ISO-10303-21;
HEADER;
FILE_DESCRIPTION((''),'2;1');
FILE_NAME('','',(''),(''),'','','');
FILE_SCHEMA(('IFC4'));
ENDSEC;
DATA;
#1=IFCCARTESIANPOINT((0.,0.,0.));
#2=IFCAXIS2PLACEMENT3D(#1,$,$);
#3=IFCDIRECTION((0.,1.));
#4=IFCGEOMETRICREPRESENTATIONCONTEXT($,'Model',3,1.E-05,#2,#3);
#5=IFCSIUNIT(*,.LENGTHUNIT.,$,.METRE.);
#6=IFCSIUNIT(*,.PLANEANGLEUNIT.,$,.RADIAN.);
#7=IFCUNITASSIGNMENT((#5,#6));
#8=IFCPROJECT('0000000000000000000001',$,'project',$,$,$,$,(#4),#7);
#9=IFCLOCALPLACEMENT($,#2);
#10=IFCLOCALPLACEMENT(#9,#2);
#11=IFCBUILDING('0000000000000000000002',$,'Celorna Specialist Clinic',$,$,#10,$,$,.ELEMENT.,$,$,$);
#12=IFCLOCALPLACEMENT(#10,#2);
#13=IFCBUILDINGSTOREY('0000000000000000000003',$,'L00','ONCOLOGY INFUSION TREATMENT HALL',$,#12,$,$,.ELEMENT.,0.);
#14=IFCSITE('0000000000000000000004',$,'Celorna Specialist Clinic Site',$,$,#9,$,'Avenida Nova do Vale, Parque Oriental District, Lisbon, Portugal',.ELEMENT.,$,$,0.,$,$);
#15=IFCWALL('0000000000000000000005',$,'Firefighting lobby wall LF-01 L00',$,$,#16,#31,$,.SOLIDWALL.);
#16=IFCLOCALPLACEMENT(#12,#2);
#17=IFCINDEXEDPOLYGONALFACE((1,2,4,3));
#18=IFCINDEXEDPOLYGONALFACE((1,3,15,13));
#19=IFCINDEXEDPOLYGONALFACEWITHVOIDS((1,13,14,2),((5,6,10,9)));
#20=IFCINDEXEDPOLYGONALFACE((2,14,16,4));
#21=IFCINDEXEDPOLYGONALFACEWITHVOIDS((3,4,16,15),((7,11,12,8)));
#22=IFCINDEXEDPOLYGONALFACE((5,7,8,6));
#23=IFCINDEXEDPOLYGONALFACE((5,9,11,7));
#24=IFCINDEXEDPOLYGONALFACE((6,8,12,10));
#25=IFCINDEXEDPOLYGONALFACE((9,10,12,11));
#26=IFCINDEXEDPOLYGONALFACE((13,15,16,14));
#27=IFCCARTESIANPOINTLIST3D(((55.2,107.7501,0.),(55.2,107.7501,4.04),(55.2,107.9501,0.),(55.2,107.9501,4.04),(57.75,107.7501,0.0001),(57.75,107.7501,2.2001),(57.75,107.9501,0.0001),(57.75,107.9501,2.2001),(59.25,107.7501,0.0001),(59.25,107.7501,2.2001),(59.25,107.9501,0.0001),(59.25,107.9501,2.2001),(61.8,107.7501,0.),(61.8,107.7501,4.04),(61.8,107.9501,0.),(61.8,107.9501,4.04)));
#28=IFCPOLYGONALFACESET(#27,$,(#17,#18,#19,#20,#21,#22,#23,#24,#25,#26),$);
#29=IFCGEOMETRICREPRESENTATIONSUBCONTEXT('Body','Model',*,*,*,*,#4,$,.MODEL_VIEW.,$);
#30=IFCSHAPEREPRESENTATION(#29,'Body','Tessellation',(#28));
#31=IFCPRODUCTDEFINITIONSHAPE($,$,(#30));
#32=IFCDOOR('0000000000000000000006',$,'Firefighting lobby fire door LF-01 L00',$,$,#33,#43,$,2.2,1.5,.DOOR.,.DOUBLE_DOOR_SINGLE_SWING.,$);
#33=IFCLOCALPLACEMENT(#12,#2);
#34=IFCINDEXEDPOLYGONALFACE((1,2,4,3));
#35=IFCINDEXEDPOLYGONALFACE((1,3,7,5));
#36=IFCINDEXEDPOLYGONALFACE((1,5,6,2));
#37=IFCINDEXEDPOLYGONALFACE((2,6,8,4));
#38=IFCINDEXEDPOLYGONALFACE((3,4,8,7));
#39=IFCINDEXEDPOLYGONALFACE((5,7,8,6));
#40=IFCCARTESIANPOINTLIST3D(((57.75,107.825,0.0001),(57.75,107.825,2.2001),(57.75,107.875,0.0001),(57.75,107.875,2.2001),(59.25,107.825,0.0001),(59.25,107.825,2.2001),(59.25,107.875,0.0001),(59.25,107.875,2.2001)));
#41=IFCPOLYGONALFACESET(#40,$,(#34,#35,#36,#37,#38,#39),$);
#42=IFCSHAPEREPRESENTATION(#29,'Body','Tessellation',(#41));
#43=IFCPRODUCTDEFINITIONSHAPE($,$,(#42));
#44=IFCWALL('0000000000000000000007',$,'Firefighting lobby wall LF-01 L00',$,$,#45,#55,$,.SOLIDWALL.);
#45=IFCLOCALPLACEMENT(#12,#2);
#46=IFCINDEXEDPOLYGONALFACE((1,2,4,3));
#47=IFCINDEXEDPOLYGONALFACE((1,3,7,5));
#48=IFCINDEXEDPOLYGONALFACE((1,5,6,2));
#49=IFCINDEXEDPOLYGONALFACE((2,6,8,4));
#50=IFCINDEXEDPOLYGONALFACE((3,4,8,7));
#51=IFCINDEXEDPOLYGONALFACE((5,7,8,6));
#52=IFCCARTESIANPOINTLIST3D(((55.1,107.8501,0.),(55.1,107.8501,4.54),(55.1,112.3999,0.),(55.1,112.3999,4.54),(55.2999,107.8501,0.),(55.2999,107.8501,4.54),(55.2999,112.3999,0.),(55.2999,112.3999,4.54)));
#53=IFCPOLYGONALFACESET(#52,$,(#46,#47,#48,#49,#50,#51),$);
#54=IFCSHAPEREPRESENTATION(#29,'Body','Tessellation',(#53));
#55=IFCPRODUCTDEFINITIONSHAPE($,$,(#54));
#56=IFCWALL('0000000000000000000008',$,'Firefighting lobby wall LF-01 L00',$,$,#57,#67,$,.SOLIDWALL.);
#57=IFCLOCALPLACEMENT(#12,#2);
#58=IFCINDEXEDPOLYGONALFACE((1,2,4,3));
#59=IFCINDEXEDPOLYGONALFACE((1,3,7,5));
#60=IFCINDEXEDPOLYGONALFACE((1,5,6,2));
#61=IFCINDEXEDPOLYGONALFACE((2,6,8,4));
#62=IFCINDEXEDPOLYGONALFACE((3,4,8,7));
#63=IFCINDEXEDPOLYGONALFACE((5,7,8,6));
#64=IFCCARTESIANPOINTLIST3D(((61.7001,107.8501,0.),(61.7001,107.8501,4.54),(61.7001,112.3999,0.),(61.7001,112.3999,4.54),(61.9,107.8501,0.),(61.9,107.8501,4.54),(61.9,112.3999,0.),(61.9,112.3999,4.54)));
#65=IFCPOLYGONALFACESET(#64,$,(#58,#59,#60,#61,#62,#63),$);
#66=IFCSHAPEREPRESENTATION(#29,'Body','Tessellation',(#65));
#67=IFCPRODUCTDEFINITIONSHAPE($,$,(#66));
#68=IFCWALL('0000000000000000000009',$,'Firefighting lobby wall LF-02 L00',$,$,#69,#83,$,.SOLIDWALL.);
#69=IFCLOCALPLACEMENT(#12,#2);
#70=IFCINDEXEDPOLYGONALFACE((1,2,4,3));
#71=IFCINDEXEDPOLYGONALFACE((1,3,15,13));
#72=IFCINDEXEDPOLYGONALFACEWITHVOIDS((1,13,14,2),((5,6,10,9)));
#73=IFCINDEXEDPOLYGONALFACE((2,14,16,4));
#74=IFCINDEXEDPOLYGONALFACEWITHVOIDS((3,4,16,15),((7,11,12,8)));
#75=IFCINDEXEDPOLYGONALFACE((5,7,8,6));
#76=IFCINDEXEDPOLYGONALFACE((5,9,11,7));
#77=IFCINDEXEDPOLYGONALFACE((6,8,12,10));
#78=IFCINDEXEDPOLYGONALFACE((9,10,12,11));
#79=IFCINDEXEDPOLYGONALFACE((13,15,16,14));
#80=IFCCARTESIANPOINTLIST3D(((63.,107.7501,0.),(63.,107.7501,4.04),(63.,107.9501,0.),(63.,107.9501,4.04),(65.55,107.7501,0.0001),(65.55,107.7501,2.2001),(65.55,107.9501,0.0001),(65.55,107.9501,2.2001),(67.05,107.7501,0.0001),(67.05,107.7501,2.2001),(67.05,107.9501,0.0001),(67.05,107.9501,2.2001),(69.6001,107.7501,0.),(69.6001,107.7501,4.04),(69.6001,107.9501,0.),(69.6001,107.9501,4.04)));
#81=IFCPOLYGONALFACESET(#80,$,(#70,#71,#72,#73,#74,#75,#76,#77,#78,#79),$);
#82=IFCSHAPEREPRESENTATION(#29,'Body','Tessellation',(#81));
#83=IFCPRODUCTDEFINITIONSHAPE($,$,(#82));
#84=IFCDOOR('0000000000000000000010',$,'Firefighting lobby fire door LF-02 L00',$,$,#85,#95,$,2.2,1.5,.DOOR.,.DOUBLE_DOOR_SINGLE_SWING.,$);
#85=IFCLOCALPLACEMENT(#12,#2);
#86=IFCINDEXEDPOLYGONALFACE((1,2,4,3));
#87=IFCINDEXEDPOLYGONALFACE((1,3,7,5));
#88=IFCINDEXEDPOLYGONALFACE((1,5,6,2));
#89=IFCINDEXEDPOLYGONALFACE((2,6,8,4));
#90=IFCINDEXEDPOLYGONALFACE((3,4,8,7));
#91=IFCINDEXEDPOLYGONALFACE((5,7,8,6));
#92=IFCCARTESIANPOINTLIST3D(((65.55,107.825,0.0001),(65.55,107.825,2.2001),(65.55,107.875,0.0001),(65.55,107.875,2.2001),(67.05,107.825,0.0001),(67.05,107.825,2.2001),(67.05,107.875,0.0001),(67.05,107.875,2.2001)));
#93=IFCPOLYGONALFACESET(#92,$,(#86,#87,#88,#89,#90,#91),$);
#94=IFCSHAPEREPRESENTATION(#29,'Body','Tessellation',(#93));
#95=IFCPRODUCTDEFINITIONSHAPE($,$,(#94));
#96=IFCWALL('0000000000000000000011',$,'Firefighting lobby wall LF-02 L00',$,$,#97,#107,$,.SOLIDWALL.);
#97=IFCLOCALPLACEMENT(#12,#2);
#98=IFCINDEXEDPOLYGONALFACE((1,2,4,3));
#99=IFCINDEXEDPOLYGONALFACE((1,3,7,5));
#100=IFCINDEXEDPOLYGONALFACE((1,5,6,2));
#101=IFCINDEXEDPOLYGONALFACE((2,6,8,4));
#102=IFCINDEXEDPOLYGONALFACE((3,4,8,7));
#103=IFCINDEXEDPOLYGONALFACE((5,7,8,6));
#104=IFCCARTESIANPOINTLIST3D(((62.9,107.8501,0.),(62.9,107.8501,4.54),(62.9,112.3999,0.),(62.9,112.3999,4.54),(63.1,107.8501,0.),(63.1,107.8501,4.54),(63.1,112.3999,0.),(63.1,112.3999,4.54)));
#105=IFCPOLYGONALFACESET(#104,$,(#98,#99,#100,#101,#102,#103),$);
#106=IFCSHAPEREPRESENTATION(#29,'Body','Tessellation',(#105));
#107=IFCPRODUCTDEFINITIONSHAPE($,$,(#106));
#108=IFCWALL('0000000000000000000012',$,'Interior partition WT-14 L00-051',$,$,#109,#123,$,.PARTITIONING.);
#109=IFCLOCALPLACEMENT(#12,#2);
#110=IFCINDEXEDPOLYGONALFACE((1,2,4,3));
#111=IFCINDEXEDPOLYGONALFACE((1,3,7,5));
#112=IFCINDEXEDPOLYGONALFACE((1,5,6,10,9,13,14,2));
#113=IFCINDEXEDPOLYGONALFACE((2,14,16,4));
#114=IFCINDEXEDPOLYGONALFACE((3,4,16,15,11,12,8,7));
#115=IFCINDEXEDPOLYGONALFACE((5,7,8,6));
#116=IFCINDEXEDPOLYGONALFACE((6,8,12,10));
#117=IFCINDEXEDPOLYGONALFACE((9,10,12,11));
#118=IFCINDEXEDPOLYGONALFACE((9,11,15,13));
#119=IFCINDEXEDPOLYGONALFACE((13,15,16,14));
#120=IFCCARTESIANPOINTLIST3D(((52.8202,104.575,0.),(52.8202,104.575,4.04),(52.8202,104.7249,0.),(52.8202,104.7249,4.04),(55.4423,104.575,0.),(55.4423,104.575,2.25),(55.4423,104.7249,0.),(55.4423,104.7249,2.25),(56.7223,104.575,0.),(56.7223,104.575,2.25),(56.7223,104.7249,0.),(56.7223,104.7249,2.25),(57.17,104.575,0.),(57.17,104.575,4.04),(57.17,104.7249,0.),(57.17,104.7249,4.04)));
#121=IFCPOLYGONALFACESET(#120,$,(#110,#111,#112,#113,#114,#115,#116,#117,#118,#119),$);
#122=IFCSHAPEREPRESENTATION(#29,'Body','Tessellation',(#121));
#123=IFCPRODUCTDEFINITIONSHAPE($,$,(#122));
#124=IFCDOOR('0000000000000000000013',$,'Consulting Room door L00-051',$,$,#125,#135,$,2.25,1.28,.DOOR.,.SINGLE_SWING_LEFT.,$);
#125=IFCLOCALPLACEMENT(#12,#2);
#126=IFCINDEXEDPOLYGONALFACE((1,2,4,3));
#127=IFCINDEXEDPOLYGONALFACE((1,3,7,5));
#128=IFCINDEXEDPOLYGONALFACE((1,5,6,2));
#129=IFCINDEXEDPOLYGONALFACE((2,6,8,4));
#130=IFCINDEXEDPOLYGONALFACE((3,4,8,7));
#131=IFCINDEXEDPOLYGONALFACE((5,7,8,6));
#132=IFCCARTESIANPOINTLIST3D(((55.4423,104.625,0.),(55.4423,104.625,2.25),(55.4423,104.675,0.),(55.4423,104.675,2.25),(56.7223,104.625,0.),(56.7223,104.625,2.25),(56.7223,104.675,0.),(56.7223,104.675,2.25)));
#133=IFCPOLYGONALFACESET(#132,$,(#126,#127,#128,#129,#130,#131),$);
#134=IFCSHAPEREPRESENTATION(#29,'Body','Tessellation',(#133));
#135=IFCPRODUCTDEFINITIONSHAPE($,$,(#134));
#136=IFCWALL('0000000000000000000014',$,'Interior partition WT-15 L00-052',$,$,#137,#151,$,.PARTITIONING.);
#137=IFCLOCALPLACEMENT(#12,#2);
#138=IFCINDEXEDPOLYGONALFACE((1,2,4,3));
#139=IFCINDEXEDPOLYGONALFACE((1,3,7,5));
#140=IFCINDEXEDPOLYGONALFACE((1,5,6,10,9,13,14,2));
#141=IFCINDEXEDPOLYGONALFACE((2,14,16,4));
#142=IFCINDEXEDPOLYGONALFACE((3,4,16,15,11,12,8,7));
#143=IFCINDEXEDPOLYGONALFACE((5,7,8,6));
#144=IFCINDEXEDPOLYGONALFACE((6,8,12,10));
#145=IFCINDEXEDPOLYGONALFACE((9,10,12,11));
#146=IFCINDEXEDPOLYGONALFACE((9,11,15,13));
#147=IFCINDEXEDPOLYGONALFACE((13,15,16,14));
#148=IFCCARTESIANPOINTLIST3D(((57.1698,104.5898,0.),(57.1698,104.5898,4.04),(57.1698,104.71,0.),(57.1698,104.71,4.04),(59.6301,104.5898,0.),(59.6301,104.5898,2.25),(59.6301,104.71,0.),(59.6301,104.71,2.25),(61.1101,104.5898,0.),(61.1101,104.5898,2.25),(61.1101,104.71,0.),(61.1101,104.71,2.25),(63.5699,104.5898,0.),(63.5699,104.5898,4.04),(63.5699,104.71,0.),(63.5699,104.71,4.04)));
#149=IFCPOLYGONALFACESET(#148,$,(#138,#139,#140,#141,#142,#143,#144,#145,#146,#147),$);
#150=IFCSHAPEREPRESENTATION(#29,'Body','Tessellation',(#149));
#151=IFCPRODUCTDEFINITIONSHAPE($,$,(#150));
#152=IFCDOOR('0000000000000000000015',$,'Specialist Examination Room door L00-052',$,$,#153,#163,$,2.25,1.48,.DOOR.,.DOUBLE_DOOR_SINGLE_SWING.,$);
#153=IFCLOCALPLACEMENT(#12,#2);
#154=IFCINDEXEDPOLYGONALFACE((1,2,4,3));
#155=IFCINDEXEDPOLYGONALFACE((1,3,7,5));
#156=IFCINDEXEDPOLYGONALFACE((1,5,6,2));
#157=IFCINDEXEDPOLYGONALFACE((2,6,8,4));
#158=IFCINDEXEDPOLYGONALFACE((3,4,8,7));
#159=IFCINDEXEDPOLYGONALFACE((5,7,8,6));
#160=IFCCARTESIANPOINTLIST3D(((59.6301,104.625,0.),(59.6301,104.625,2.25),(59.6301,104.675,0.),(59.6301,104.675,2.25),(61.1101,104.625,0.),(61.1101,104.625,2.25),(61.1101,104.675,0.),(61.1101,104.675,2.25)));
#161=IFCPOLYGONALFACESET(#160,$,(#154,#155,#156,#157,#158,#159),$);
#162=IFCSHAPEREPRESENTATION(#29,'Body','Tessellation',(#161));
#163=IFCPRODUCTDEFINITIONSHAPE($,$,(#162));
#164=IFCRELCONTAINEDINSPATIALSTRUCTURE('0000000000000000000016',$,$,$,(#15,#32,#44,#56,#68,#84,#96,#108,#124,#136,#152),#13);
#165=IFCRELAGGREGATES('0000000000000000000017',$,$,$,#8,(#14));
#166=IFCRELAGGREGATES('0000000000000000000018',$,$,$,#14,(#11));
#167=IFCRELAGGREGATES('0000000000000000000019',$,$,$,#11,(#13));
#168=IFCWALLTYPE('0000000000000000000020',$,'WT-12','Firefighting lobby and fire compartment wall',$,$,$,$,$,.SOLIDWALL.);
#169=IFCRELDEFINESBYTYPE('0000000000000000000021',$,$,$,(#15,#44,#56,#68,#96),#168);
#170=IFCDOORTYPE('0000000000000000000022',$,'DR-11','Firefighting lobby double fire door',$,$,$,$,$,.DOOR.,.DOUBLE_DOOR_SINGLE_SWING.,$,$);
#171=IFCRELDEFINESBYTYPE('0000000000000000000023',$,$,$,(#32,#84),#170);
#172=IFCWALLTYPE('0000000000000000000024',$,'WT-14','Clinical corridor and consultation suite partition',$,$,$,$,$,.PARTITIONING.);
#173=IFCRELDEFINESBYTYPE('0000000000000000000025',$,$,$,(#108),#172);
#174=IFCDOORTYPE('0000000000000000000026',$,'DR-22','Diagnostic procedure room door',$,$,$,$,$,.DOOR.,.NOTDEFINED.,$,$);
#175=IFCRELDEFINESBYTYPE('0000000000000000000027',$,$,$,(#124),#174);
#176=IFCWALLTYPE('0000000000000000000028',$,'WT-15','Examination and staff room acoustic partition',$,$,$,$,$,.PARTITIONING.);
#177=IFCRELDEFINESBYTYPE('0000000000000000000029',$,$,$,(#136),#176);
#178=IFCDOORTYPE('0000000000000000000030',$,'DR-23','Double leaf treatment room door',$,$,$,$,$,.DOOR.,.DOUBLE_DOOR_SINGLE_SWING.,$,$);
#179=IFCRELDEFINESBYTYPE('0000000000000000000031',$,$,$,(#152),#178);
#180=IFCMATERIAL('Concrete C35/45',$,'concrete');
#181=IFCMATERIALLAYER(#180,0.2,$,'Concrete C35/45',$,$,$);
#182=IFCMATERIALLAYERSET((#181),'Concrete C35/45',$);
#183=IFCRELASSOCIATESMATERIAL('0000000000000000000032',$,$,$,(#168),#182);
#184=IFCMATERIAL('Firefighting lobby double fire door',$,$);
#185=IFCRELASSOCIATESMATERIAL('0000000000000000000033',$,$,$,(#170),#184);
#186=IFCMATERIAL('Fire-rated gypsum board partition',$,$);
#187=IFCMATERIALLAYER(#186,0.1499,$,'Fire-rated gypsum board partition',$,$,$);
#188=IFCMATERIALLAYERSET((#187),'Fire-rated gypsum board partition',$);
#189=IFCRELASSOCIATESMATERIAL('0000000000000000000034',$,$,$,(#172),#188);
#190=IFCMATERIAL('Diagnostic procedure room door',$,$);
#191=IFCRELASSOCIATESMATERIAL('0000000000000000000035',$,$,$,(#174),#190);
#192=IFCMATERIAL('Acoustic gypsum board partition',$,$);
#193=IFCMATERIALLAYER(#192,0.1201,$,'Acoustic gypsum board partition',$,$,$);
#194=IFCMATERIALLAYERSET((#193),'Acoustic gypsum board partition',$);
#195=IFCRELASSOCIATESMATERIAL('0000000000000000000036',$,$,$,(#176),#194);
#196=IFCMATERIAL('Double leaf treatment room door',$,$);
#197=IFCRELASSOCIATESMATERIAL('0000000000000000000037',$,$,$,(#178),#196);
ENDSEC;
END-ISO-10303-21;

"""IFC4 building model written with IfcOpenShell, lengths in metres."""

from ifc_helpers import new_model, si_unit, direction, frame, frame_2d, origin, place, context, subcontext, project, spatial, rectangle, extrude, material, layer, layer_set, type_object, element, fill, save


model = new_model("IFC4")

# Units and contexts
model_context = context("Model", 3, precision=1e-05, world=origin(), true_north=direction((0.0, 1.0)))
body_context = subcontext(model_context, "Body", "Model", "MODEL_VIEW")
ifc_project = project(units=[si_unit("LENGTHUNIT", "METRE"), si_unit("PLANEANGLEUNIT", "RADIAN")], contexts=[model_context])

# Site, building, storey
site_placement = place(None, origin())
site = spatial("IfcSite", under=ifc_project, at=site_placement, Name="Celorna Specialist Clinic Site", LongName="Avenida Nova do Vale, Parque Oriental District, Lisbon, Portugal", CompositionType="ELEMENT", RefElevation=0.0)
building_placement = place(site_placement, origin())
building = spatial("IfcBuilding", under=site, at=building_placement, Name="Celorna Specialist Clinic", CompositionType="ELEMENT")
storey_placement = place(building_placement, origin())
storey = spatial("IfcBuildingStorey", under=building, at=storey_placement, Name="L00", Description="ONCOLOGY INFUSION TREATMENT HALL", CompositionType="ELEMENT", Elevation=0.0)

# Wall, opening, door
ifc_material_1 = material(Name="Concrete C35/45", Category="concrete")
ifc_layer_1 = layer(ifc_material_1, 0.2, Name="Concrete C35/45")
ifc_layer_set_1 = layer_set([ifc_layer_1], Name="Concrete C35/45")
wall_type_1 = type_object("IfcWallType", Name="WT-12", Description="Firefighting lobby and fire compartment wall", PredefinedType="SOLIDWALL", material=ifc_layer_set_1)
wall_1_placement = place(storey_placement, frame((55.2, 107.8501, 0.0), z_axis=(0.0, 0.0, 1.0), x_axis=(1.0, 0.0, 0.0)))
wall_1 = element("IfcWall", 1, at=wall_1_placement, inside=storey, type_object=wall_type_1, Name="Firefighting lobby wall LF-01 L00", PredefinedType="SOLIDWALL", context=body_context, shape_type="SweptSolid", body=[
    extrude(rectangle(XDim=6.6001, YDim=0.2, at=frame_2d((3.3, 0.0))), origin(), (0.0, 0.0, 1.0), 4.04),
])
opening_1_placement = place(wall_1_placement, frame((2.55, 0.0, 0.0)))
opening_1 = element("IfcOpeningElement", 2, at=opening_1_placement, cuts=wall_1, PredefinedType="OPENING", context=body_context, shape_type="SweptSolid", body=[
    extrude(rectangle(XDim=1.5, YDim=2.2, at=frame_2d((0.75, 1.1001))), frame((0.0, 0.1099, 0.0), z_axis=(0.0, -1.0, 0.0), x_axis=(1.0, 0.0, 0.0)), (0.0, 0.0, 1.0), 0.22),
])
ifc_material_2 = material(Name="Firefighting lobby double fire door")
door_type_1 = type_object("IfcDoorType", Name="DR-11", Description="Firefighting lobby double fire door", OperationType="DOUBLE_DOOR_SINGLE_SWING", PredefinedType="DOOR", material=ifc_material_2)
door_1_placement = place(opening_1_placement, origin())
door_1 = element("IfcDoor", 3, at=door_1_placement, inside=storey, type_object=door_type_1, Name="Firefighting lobby fire door LF-01 L00", OperationType="DOUBLE_DOOR_SINGLE_SWING", OverallHeight=2.2, OverallWidth=1.5, PredefinedType="DOOR", context=body_context, shape_type="SweptSolid", body=[
    extrude(rectangle(XDim=1.5, YDim=2.2, at=frame_2d((0.75, 1.1001))), frame((0.0, 0.0249, 0.0), z_axis=(0.0, -1.0, 0.0), x_axis=(1.0, 0.0, 0.0)), (0.0, 0.0, 1.0), 0.05),
])
fill(opening_1, door_1)

# Walls
for number, where, z_axis, x_axis, name in (
    (4, (55.2, 112.3999, 0.0), (0.0, 0.0, 1.0), (0.0, -1.0, 0.0), "Firefighting lobby wall LF-01 L00"),
    (5, (61.8, 107.8501, 0.0), (0.0, 0.0, 1.0), (0.0, 1.0, 0.0), "Firefighting lobby wall LF-01 L00"),
):
    element("IfcWall", number, at=place(storey_placement, frame(where, z_axis=z_axis, x_axis=x_axis)), inside=storey, type_object=wall_type_1, Name=name, PredefinedType="SOLIDWALL", context=body_context, shape_type="SweptSolid", body=[
        extrude(rectangle(XDim=4.5498, YDim=0.2, at=frame_2d((2.2749, 0.0))), origin(), (0.0, 0.0, 1.0), 4.54),
    ])

# Wall, opening, door
wall_2_placement = place(storey_placement, frame((63.0, 107.8501, 0.0), z_axis=(0.0, 0.0, 1.0), x_axis=(1.0, 0.0, 0.0)))
wall_2 = element("IfcWall", 6, at=wall_2_placement, inside=storey, type_object=wall_type_1, Name="Firefighting lobby wall LF-02 L00", PredefinedType="SOLIDWALL", context=body_context, shape_type="SweptSolid", body=[
    extrude(rectangle(XDim=6.6001, YDim=0.2, at=frame_2d((3.3, 0.0))), origin(), (0.0, 0.0, 1.0), 4.04),
])
opening_2_placement = place(wall_2_placement, frame((2.55, 0.0, 0.0)))
opening_2 = element("IfcOpeningElement", 7, at=opening_2_placement, cuts=wall_2, PredefinedType="OPENING", context=body_context, shape_type="SweptSolid", body=[
    extrude(rectangle(XDim=1.5, YDim=2.2, at=frame_2d((0.75, 1.1001))), frame((0.0, 0.1099, 0.0), z_axis=(0.0, -1.0, 0.0), x_axis=(1.0, 0.0, 0.0)), (0.0, 0.0, 1.0), 0.22),
])
door_2_placement = place(opening_2_placement, origin())
door_2 = element("IfcDoor", 8, at=door_2_placement, inside=storey, type_object=door_type_1, Name="Firefighting lobby fire door LF-02 L00", OperationType="DOUBLE_DOOR_SINGLE_SWING", OverallHeight=2.2, OverallWidth=1.5, PredefinedType="DOOR", context=body_context, shape_type="SweptSolid", body=[
    extrude(rectangle(XDim=1.5, YDim=2.2, at=frame_2d((0.75, 1.1001))), frame((0.0, 0.0249, 0.0), z_axis=(0.0, -1.0, 0.0), x_axis=(1.0, 0.0, 0.0)), (0.0, 0.0, 1.0), 0.05),
])
fill(opening_2, door_2)

# Wall
wall_3_placement = place(storey_placement, frame((63.0, 112.3999, 0.0), z_axis=(0.0, 0.0, 1.0), x_axis=(0.0, -1.0, 0.0)))
element("IfcWall", 9, at=wall_3_placement, inside=storey, type_object=wall_type_1, Name="Firefighting lobby wall LF-02 L00", PredefinedType="SOLIDWALL", context=body_context, shape_type="SweptSolid", body=[
    extrude(rectangle(XDim=4.5498, YDim=0.2, at=frame_2d((2.2749, 0.0))), origin(), (0.0, 0.0, 1.0), 4.54),
])

# Walls, openings, doors
ifc_material_3 = material(Name="Fire-rated gypsum board partition")
ifc_layer_2 = layer(ifc_material_3, 0.1499, Name="Fire-rated gypsum board partition")
ifc_layer_set_2 = layer_set([ifc_layer_2], Name="Fire-rated gypsum board partition")
wall_type_2 = type_object("IfcWallType", Name="WT-14", Description="Clinical corridor and consultation suite partition", PredefinedType="PARTITIONING", material=ifc_layer_set_2)
wall_4_placement = place(storey_placement, frame((57.1699, 104.6499, 0.0), z_axis=(0.0, 0.0, 1.0), x_axis=(-1.0, 0.0, 0.0)))
wall_4 = element("IfcWall", 10, at=wall_4_placement, inside=storey, type_object=wall_type_2, Name="Interior partition WT-14 L00-051", PredefinedType="PARTITIONING", context=body_context, shape_type="SweptSolid", body=[
    extrude(rectangle(XDim=4.3499, YDim=0.1499, at=frame_2d((2.1748, 0.0))), origin(), (0.0, 0.0, 1.0), 4.04),
])
opening_3_placement = place(wall_4_placement, frame((0.4475, 0.0, 0.0)))
opening_3 = element("IfcOpeningElement", 11, at=opening_3_placement, cuts=wall_4, PredefinedType="OPENING", context=body_context, shape_type="SweptSolid", body=[
    extrude(rectangle(XDim=1.28, YDim=2.25, at=frame_2d((0.6401, 1.125))), frame((0.0, 0.085, 0.0), z_axis=(0.0, -1.0, 0.0), x_axis=(1.0, 0.0, 0.0)), (0.0, 0.0, 1.0), 0.1699),
])
ifc_material_4 = material(Name="Diagnostic procedure room door")
door_type_2 = type_object("IfcDoorType", Name="DR-22", Description="Diagnostic procedure room door", OperationType="NOTDEFINED", PredefinedType="DOOR", material=ifc_material_4)
door_3_placement = place(opening_3_placement, origin())
door_3 = element("IfcDoor", 12, at=door_3_placement, inside=storey, type_object=door_type_2, Name="Consulting Room door L00-051", OperationType="SINGLE_SWING_LEFT", OverallHeight=2.25, OverallWidth=1.28, PredefinedType="DOOR", context=body_context, shape_type="SweptSolid", body=[
    extrude(rectangle(XDim=1.28, YDim=2.25, at=frame_2d((0.6401, 1.125))), frame((0.0, 0.0249, 0.0), z_axis=(0.0, -1.0, 0.0), x_axis=(1.0, 0.0, 0.0)), (0.0, 0.0, 1.0), 0.05),
])
fill(opening_3, door_3)
ifc_material_5 = material(Name="Acoustic gypsum board partition")
ifc_layer_3 = layer(ifc_material_5, 0.1201, Name="Acoustic gypsum board partition")
ifc_layer_set_3 = layer_set([ifc_layer_3], Name="Acoustic gypsum board partition")
wall_type_3 = type_object("IfcWallType", Name="WT-15", Description="Examination and staff room acoustic partition", PredefinedType="PARTITIONING", material=ifc_layer_set_3)
wall_5_placement = place(storey_placement, frame((63.5701, 104.6499, 0.0), z_axis=(0.0, 0.0, 1.0), x_axis=(-1.0, 0.0, 0.0)))
wall_5 = element("IfcWall", 13, at=wall_5_placement, inside=storey, type_object=wall_type_3, Name="Interior partition WT-15 L00-052", PredefinedType="PARTITIONING", context=body_context, shape_type="SweptSolid", body=[
    extrude(rectangle(XDim=6.4001, YDim=0.1201, at=frame_2d((3.2002, 0.0))), origin(), (0.0, 0.0, 1.0), 4.04),
])
opening_4_placement = place(wall_5_placement, frame((2.46, 0.0, 0.0)))
opening_4 = element("IfcOpeningElement", 14, at=opening_4_placement, cuts=wall_5, PredefinedType="OPENING", context=body_context, shape_type="SweptSolid", body=[
    extrude(rectangle(XDim=1.48, YDim=2.25, at=frame_2d((0.74, 1.125))), frame((0.0, 0.0701, 0.0), z_axis=(0.0, -1.0, 0.0), x_axis=(1.0, 0.0, 0.0)), (0.0, 0.0, 1.0), 0.1401),
])
ifc_material_6 = material(Name="Double leaf treatment room door")
door_type_3 = type_object("IfcDoorType", Name="DR-23", Description="Double leaf treatment room door", OperationType="DOUBLE_DOOR_SINGLE_SWING", PredefinedType="DOOR", material=ifc_material_6)
door_4_placement = place(opening_4_placement, origin())
door_4 = element("IfcDoor", 15, at=door_4_placement, inside=storey, type_object=door_type_3, Name="Specialist Examination Room door L00-052", OperationType="DOUBLE_DOOR_SINGLE_SWING", OverallHeight=2.25, OverallWidth=1.48, PredefinedType="DOOR", context=body_context, shape_type="SweptSolid", body=[
    extrude(rectangle(XDim=1.48, YDim=2.25, at=frame_2d((0.74, 1.125))), frame((0.0, 0.0249, 0.0), z_axis=(0.0, -1.0, 0.0), x_axis=(1.0, 0.0, 0.0)), (0.0, 0.0, 1.0), 0.05),
])
fill(opening_4, door_4)

save(model, "model.ifc")
